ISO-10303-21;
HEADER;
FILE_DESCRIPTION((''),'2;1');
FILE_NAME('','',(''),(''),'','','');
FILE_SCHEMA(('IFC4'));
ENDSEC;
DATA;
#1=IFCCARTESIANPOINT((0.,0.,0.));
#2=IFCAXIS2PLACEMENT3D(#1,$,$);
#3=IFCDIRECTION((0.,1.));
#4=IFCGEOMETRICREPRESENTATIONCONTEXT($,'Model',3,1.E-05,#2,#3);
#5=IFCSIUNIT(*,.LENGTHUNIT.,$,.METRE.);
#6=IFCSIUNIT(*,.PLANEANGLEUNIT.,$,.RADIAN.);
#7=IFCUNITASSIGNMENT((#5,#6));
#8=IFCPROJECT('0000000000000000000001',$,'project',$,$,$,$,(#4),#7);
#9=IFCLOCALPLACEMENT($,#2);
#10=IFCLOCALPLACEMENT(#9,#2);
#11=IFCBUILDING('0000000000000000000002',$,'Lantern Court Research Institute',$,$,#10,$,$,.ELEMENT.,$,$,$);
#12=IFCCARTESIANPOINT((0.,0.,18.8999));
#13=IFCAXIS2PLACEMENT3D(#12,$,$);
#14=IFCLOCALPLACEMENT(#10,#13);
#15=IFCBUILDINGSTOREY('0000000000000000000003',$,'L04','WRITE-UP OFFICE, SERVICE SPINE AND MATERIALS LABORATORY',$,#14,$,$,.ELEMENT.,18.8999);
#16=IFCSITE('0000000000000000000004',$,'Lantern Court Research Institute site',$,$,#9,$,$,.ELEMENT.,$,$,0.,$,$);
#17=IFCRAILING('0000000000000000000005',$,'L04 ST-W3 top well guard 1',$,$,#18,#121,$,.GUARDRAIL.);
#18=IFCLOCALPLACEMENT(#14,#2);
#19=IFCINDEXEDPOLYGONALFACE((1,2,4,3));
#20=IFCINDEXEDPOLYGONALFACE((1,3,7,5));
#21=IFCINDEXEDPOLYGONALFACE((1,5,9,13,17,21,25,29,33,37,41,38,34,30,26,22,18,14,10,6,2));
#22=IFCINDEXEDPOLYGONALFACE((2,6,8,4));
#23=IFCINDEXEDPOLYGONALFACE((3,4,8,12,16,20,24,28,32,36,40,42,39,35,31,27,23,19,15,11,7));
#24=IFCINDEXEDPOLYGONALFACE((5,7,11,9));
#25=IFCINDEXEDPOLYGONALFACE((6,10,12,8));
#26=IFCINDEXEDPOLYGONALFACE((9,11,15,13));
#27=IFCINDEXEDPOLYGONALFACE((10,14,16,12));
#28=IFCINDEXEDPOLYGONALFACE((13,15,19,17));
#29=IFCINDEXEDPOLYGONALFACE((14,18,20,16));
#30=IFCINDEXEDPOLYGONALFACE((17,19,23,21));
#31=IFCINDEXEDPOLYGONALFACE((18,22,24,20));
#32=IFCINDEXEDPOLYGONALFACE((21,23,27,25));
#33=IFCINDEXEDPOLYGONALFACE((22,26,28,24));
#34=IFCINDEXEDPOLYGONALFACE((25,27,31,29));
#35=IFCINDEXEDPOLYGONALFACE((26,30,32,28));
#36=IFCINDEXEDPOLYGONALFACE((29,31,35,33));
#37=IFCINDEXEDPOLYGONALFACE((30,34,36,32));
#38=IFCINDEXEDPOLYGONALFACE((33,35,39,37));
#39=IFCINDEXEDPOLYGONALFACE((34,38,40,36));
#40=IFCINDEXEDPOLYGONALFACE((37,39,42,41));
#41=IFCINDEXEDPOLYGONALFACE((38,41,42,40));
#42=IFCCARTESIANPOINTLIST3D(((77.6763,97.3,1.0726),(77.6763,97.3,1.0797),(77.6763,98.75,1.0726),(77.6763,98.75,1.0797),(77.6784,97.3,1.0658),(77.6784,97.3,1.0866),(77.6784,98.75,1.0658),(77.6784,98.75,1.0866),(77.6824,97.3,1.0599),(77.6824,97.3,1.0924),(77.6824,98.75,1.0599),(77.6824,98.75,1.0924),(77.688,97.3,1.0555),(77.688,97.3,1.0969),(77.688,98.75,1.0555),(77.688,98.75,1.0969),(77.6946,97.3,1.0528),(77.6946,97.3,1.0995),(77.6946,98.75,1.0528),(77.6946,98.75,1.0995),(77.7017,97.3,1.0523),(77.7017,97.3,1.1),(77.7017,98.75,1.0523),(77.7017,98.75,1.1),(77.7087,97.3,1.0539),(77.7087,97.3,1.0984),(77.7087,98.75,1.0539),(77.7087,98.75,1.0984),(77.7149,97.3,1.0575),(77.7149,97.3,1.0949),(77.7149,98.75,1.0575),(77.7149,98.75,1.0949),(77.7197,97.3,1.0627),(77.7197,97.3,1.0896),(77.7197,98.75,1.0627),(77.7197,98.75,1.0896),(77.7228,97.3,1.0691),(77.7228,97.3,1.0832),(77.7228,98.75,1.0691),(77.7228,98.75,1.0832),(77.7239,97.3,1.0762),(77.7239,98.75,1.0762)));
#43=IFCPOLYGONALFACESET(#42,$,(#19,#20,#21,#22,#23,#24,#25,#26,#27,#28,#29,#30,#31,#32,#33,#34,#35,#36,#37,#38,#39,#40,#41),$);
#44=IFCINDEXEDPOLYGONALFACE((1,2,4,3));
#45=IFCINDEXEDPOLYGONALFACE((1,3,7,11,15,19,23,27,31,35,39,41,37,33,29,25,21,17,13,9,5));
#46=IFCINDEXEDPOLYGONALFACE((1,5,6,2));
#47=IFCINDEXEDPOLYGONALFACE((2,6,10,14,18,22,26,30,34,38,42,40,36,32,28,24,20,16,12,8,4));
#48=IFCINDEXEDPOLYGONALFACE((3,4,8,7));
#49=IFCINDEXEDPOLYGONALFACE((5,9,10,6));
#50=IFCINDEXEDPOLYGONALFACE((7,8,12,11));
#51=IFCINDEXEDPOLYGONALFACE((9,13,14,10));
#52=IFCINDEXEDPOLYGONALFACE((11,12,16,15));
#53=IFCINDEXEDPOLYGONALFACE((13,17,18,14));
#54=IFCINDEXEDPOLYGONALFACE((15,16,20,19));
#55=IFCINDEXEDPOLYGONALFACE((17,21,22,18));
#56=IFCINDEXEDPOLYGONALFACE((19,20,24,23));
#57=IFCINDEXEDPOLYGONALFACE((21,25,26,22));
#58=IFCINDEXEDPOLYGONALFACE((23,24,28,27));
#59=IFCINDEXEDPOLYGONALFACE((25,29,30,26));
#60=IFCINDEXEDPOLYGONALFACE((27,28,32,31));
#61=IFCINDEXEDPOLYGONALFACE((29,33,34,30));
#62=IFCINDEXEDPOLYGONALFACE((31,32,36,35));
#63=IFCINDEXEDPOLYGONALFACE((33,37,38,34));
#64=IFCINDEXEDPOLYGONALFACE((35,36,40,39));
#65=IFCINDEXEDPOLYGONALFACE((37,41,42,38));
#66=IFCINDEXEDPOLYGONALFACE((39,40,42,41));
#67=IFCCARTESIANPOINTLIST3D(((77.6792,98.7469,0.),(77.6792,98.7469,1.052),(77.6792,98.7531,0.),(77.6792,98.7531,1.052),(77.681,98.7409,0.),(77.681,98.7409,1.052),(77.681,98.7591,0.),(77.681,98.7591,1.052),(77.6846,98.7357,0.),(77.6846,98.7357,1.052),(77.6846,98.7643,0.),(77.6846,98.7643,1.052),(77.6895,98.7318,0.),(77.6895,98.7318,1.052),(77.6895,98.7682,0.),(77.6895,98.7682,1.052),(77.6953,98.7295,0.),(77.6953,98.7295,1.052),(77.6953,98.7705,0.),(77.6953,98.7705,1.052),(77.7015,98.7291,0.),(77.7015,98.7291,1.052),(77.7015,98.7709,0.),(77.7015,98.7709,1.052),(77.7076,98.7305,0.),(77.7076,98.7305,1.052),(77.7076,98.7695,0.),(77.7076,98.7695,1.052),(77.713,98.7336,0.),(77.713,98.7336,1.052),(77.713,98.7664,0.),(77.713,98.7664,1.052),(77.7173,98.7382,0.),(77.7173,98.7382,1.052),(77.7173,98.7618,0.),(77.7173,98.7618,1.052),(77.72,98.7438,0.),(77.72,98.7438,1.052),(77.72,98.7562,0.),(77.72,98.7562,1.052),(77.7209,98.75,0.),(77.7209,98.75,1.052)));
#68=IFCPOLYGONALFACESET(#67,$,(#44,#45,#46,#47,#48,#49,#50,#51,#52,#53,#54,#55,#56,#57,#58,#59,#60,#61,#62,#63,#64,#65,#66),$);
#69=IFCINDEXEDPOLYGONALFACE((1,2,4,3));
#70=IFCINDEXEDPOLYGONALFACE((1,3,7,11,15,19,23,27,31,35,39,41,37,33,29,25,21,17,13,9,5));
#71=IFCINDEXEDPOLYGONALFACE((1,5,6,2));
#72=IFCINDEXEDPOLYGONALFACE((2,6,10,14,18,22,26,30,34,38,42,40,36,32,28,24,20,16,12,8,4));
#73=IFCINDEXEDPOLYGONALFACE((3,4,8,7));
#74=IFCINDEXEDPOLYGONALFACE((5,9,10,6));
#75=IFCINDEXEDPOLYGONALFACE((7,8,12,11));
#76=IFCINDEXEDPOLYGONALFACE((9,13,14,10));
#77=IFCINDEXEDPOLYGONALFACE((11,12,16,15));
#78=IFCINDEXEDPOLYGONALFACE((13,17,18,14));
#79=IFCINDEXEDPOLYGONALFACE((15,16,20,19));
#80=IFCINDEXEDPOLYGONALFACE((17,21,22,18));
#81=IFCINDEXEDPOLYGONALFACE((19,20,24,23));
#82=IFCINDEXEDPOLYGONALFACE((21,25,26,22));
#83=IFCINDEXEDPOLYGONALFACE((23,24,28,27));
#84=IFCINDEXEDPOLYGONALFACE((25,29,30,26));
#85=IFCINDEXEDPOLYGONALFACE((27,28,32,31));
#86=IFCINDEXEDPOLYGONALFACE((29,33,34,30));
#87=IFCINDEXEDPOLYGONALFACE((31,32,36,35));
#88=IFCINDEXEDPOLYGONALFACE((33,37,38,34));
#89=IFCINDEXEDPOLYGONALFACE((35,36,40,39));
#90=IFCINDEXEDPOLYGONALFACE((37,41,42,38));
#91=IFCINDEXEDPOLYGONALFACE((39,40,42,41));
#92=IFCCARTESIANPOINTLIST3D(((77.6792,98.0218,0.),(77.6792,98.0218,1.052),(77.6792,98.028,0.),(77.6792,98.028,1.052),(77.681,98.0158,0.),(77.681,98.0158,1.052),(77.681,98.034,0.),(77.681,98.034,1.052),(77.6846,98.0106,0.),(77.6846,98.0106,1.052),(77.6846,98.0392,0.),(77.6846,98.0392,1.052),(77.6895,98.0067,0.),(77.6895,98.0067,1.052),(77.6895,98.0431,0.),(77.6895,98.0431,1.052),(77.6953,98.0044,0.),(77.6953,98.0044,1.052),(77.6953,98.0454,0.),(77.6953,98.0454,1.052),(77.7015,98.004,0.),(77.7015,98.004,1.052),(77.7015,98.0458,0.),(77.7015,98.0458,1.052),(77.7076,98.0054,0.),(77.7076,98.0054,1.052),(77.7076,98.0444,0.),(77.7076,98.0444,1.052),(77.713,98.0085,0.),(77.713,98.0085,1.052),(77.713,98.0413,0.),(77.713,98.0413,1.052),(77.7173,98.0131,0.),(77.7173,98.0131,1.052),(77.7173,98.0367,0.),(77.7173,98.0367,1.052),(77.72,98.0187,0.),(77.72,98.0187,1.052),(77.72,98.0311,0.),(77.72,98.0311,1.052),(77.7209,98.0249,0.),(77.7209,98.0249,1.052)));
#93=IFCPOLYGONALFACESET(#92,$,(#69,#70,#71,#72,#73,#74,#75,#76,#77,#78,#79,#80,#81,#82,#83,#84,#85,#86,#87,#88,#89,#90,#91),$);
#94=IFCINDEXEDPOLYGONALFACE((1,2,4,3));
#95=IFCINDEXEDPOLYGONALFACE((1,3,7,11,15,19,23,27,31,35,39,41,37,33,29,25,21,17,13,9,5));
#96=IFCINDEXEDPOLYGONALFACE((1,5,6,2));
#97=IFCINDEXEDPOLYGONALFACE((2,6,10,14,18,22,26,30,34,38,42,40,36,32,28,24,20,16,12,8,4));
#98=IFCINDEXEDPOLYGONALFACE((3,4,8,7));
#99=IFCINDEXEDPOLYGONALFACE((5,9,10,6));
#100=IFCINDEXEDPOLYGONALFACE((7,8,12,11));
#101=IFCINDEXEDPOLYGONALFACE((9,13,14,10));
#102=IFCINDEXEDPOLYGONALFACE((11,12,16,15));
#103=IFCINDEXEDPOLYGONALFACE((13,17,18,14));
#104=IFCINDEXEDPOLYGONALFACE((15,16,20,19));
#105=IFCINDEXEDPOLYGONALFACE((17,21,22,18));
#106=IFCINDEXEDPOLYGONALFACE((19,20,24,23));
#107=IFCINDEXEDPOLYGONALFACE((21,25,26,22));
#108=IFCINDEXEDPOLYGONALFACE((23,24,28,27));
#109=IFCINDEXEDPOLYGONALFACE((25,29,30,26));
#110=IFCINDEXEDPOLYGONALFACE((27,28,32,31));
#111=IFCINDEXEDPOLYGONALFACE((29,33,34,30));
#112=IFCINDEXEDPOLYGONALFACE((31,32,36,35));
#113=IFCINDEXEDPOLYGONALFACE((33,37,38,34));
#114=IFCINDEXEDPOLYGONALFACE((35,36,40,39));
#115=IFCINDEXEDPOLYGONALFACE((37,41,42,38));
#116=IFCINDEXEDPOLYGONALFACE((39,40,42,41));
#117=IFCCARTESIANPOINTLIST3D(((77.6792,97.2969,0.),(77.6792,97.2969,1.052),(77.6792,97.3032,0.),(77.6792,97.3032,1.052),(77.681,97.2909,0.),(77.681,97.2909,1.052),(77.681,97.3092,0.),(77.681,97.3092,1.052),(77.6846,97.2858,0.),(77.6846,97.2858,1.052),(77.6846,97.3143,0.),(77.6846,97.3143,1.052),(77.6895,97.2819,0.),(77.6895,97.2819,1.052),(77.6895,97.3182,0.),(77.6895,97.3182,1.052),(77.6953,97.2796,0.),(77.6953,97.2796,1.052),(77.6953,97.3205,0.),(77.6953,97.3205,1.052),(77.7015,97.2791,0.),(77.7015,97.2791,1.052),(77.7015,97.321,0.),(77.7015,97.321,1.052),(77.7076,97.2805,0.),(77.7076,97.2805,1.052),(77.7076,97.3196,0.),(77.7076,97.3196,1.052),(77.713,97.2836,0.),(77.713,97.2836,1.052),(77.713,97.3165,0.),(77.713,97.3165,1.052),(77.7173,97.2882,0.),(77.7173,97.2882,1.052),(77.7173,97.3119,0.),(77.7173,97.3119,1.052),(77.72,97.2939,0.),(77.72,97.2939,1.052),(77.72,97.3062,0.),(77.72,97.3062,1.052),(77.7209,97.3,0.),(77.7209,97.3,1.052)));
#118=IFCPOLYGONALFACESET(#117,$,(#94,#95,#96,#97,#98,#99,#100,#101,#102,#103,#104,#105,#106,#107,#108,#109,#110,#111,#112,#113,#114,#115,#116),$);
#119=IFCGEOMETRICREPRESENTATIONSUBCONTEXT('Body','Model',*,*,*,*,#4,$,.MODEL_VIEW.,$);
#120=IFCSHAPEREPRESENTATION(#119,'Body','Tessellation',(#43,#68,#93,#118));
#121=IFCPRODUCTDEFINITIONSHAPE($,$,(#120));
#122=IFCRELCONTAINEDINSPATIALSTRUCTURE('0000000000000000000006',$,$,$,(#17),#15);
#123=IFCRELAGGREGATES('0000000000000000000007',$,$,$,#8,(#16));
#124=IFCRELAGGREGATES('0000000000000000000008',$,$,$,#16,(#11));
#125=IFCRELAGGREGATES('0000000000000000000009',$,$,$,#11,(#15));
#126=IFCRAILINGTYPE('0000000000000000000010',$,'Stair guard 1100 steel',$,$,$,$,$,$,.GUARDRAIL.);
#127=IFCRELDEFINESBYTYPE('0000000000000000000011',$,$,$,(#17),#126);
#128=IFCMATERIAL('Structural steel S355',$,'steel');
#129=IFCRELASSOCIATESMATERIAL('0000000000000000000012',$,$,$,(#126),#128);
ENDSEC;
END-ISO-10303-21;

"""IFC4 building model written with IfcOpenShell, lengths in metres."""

from ifc_helpers import new_model, si_unit, direction, frame, origin, origin_2d, place, context, subcontext, project, spatial, circle, extrude, material, type_object, element, save


model = new_model("IFC4")

# Units and contexts
model_context = context("Model", 3, precision=1e-05, world=origin(), true_north=direction((0.0, 1.0)))
body_context = subcontext(model_context, "Body", "Model", "MODEL_VIEW")
ifc_project = project(units=[si_unit("LENGTHUNIT", "METRE"), si_unit("PLANEANGLEUNIT", "RADIAN")], contexts=[model_context])

# Site, building, storey
site_placement = place(None, origin())
site = spatial("IfcSite", under=ifc_project, at=site_placement, Name="Lantern Court Research Institute site", CompositionType="ELEMENT", RefElevation=0.0)
building_placement = place(site_placement, origin())
building = spatial("IfcBuilding", under=site, at=building_placement, Name="Lantern Court Research Institute", CompositionType="ELEMENT")
storey_placement = place(building_placement, frame((0.0, 0.0, 18.8999)))
storey = spatial("IfcBuildingStorey", under=building, at=storey_placement, Name="L04", Description="WRITE-UP OFFICE, SERVICE SPINE AND MATERIALS LABORATORY", CompositionType="ELEMENT", Elevation=18.8999)

# Railing
ifc_material_1 = material(Name="Structural steel S355", Category="steel")
railing_type = type_object("IfcRailingType", Name="Stair guard 1100 steel", PredefinedType="GUARDRAIL", material=ifc_material_1)
railing_placement = place(storey_placement, frame((77.7, 98.75, 0.0)))
element("IfcRailing", 1, at=railing_placement, inside=storey, type_object=railing_type, Name="L04 ST-W3 top well guard 1", PredefinedType="GUARDRAIL", context=body_context, shape_type="SweptSolid", body=[
    extrude(circle(Radius=0.0239, at=origin_2d()), frame((0.0, 0.0, 1.0762), z_axis=(0.0, -1.0, 0.0), x_axis=(1.0, 0.0, 0.0)), (0.0, 0.0, 1.0), 1.45),
    extrude(circle(Radius=0.021, at=origin_2d()), origin(), (0.0, 0.0, 1.0), 1.052),
    extrude(circle(Radius=0.021, at=origin_2d()), frame((0.0, -0.7251, 0.0)), (0.0, 0.0, 1.0), 1.052),
    extrude(circle(Radius=0.021, at=origin_2d()), frame((0.0, -1.45, 0.0)), (0.0, 0.0, 1.0), 1.052),
])

save(model, "model.ifc")
